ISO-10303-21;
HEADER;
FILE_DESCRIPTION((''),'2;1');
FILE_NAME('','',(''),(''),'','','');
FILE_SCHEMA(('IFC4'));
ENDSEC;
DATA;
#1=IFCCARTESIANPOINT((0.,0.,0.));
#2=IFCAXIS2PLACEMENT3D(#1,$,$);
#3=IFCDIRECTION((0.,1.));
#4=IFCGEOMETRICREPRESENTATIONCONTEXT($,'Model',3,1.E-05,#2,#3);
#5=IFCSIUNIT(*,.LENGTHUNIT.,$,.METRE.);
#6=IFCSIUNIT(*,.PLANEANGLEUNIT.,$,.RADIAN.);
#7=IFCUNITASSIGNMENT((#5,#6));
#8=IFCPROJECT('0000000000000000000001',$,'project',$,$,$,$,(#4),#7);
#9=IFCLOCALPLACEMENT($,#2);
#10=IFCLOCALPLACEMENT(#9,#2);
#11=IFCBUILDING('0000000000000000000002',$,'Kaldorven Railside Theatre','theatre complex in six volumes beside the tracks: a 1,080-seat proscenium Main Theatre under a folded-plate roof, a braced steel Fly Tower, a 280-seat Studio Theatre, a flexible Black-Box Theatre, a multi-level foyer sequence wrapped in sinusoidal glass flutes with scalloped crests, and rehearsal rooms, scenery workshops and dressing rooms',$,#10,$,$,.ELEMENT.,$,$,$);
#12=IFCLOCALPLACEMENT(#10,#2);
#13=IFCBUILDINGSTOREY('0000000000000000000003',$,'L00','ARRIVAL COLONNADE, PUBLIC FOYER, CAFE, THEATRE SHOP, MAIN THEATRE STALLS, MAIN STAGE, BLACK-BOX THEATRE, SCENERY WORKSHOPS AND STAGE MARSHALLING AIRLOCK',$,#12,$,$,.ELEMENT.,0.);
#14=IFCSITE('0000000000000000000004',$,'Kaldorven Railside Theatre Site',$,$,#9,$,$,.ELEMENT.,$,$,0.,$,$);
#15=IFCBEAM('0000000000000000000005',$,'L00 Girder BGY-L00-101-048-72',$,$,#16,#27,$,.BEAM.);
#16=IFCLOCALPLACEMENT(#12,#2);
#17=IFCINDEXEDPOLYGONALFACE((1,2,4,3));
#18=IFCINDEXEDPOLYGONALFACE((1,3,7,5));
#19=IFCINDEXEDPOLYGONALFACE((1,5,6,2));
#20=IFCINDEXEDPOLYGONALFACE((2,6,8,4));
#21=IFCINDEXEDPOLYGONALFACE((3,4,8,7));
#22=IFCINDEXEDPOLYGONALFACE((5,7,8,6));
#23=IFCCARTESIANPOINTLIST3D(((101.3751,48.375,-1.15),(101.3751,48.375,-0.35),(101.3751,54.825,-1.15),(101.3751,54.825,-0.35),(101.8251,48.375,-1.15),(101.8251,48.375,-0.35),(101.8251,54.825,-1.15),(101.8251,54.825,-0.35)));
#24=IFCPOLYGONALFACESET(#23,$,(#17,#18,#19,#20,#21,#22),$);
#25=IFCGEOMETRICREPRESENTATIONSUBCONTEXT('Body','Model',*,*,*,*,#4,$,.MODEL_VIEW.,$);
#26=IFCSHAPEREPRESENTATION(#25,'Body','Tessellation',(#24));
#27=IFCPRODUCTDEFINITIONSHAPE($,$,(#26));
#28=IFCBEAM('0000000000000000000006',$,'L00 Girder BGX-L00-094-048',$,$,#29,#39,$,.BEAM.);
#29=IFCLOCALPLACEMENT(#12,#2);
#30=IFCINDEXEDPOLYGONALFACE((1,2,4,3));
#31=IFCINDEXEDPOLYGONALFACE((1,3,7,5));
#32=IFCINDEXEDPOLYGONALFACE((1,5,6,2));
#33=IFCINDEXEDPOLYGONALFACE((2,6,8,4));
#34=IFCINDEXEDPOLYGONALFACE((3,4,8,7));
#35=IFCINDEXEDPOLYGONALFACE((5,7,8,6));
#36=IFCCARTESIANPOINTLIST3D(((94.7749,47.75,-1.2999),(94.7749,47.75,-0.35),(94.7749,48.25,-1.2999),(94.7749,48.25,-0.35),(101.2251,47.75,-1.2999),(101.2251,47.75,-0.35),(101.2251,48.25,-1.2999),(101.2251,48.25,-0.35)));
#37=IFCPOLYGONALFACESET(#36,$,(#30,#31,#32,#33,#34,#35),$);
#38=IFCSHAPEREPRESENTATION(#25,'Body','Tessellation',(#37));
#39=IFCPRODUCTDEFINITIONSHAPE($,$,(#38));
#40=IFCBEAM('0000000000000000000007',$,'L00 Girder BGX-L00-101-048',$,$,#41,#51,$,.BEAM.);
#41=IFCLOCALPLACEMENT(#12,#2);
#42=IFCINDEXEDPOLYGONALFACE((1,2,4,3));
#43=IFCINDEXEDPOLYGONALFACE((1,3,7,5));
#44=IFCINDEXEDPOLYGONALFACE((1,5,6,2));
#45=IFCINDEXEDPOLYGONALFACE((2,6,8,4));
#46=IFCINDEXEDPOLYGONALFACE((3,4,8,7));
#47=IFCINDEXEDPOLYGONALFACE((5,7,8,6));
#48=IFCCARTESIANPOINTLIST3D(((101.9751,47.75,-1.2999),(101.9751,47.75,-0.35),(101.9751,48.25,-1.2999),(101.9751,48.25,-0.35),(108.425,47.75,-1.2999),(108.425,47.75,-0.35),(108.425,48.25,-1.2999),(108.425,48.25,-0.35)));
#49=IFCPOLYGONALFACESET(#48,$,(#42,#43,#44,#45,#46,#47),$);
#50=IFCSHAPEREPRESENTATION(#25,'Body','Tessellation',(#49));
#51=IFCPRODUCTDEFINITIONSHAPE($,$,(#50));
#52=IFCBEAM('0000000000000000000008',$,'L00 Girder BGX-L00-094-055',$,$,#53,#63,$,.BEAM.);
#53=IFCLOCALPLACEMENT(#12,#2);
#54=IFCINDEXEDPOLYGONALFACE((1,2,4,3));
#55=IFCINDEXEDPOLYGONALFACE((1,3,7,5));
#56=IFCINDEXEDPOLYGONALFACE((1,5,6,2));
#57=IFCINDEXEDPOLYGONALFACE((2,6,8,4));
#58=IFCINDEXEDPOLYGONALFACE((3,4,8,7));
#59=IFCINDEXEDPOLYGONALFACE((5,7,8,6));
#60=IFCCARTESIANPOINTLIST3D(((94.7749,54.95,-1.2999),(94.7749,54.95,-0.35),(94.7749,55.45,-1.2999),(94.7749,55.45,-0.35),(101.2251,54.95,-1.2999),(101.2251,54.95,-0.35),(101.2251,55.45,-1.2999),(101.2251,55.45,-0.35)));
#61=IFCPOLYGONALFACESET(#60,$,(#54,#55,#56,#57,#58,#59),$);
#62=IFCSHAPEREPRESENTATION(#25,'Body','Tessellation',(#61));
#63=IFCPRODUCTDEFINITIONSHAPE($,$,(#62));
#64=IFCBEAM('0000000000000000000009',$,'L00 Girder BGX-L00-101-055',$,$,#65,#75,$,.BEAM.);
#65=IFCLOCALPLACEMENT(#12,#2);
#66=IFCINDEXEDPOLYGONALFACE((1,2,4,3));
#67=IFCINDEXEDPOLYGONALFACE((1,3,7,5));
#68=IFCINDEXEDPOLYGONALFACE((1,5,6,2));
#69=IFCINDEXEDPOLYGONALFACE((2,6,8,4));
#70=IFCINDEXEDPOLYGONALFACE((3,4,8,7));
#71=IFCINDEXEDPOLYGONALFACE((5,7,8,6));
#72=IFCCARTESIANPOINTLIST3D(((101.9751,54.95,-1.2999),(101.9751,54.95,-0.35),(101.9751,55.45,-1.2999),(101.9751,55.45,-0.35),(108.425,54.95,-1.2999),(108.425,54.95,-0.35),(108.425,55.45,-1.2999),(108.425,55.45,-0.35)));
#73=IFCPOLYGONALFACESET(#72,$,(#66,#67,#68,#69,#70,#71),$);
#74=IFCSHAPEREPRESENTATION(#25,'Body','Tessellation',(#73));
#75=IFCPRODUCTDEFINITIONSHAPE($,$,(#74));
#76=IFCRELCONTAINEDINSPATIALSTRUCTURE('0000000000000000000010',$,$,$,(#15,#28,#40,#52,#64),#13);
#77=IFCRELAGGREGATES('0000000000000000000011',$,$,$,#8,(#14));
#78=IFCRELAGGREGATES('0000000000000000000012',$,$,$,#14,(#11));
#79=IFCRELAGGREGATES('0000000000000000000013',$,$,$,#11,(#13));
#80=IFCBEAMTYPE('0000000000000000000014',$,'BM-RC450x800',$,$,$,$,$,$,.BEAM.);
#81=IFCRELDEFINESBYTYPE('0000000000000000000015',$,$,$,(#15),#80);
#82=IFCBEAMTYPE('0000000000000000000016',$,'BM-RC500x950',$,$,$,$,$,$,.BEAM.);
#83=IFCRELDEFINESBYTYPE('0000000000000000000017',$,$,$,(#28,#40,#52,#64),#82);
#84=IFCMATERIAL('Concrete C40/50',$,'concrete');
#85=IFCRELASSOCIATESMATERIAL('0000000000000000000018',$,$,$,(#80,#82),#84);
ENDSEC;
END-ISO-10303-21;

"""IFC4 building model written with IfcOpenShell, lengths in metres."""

from ifc_helpers import new_model, si_unit, direction, frame, origin, origin_2d, place, context, subcontext, project, spatial, rectangle, extrude, material, material_profile, profile_set, type_object, element, save


model = new_model("IFC4")

# Units and contexts
model_context = context("Model", 3, precision=1e-05, world=origin(), true_north=direction((0.0, 1.0)))
body_context = subcontext(model_context, "Body", "Model", "MODEL_VIEW")
ifc_project = project(units=[si_unit("LENGTHUNIT", "METRE"), si_unit("PLANEANGLEUNIT", "RADIAN")], contexts=[model_context])

# Site, building, storey
site_placement = place(None, origin())
site = spatial("IfcSite", under=ifc_project, at=site_placement, Name="Kaldorven Railside Theatre Site", CompositionType="ELEMENT", RefElevation=0.0)
building_placement = place(site_placement, origin())
building = spatial("IfcBuilding", under=site, at=building_placement, Name="Kaldorven Railside Theatre", Description="theatre complex in six volumes beside the tracks: a 1,080-seat proscenium Main Theatre under a folded-plate roof, a braced steel Fly Tower, a 280-seat Studio Theatre, a flexible Black-Box Theatre, a multi-level foyer sequence wrapped in sinusoidal glass flutes with scalloped crests, and rehearsal rooms, scenery workshops and dressing rooms", CompositionType="ELEMENT")
storey_placement = place(building_placement, origin())
storey = spatial("IfcBuildingStorey", under=building, at=storey_placement, Name="L00", Description="ARRIVAL COLONNADE, PUBLIC FOYER, CAFE, THEATRE SHOP, MAIN THEATRE STALLS, MAIN STAGE, BLACK-BOX THEATRE, SCENERY WORKSHOPS AND STAGE MARSHALLING AIRLOCK", CompositionType="ELEMENT", Elevation=0.0)

# Shared definitions
ifc_material_1 = material(Name="Concrete C40/50", Category="concrete")

# Beams
ifc_material_profile_1 = material_profile(ifc_material_1, rectangle(XDim=0.45, YDim=0.8, at=origin_2d()), Name="RC 450x800")
ifc_profile_set_1 = profile_set([ifc_material_profile_1], Name="Concrete C40/50")
beam_type_1 = type_object("IfcBeamType", Name="BM-RC450x800", PredefinedType="BEAM", material=ifc_profile_set_1)
for number, where, z_axis, x_axis, name in (
    (1, (101.6001, 48.375, -0.75), (0.0, 1.0, 0.0), (-1.0, 0.0, 0.0), "L00 Girder BGY-L00-101-048-72"),
):
    element("IfcBeam", number, at=place(storey_placement, frame(where, z_axis=z_axis, x_axis=x_axis)), inside=storey, type_object=beam_type_1, Name=name, PredefinedType="BEAM", context=body_context, shape_type="SweptSolid", body=[
        extrude(rectangle(XDim=0.45, YDim=0.8, at=origin_2d()), origin(), (0.0, 0.0, 1.0), 6.45),
    ])
ifc_material_profile_2 = material_profile(ifc_material_1, rectangle(XDim=0.5, YDim=0.95, at=origin_2d()), Name="RC 500x950")
ifc_profile_set_2 = profile_set([ifc_material_profile_2], Name="Concrete C40/50")
beam_type_2 = type_object("IfcBeamType", Name="BM-RC500x950", PredefinedType="BEAM", material=ifc_profile_set_2)
beam_1_placement = place(storey_placement, frame((94.7749, 48.0, -0.825), z_axis=(1.0, 0.0, 0.0), x_axis=(0.0, 1.0, 0.0)))
element("IfcBeam", 2, at=beam_1_placement, inside=storey, type_object=beam_type_2, Name="L00 Girder BGX-L00-094-048", PredefinedType="BEAM", context=body_context, shape_type="SweptSolid", body=[
    extrude(rectangle(XDim=0.5, YDim=0.95, at=origin_2d()), origin(), (0.0, 0.0, 1.0), 6.4502),
])
beam_2_placement = place(storey_placement, frame((101.9751, 48.0, -0.825), z_axis=(1.0, 0.0, 0.0), x_axis=(0.0, 1.0, 0.0)))
element("IfcBeam", 3, at=beam_2_placement, inside=storey, type_object=beam_type_2, Name="L00 Girder BGX-L00-101-048", PredefinedType="BEAM", context=body_context, shape_type="SweptSolid", body=[
    extrude(rectangle(XDim=0.5, YDim=0.95, at=origin_2d()), origin(), (0.0, 0.0, 1.0), 6.45),
])
beam_3_placement = place(storey_placement, frame((94.7749, 55.2, -0.825), z_axis=(1.0, 0.0, 0.0), x_axis=(0.0, 1.0, 0.0)))
element("IfcBeam", 4, at=beam_3_placement, inside=storey, type_object=beam_type_2, Name="L00 Girder BGX-L00-094-055", PredefinedType="BEAM", context=body_context, shape_type="SweptSolid", body=[
    extrude(rectangle(XDim=0.5, YDim=0.95, at=origin_2d()), origin(), (0.0, 0.0, 1.0), 6.4502),
])
beam_4_placement = place(storey_placement, frame((101.9751, 55.2, -0.825), z_axis=(1.0, 0.0, 0.0), x_axis=(0.0, 1.0, 0.0)))
element("IfcBeam", 5, at=beam_4_placement, inside=storey, type_object=beam_type_2, Name="L00 Girder BGX-L00-101-055", PredefinedType="BEAM", context=body_context, shape_type="SweptSolid", body=[
    extrude(rectangle(XDim=0.5, YDim=0.95, at=origin_2d()), origin(), (0.0, 0.0, 1.0), 6.45),
])

save(model, "model.ifc")
